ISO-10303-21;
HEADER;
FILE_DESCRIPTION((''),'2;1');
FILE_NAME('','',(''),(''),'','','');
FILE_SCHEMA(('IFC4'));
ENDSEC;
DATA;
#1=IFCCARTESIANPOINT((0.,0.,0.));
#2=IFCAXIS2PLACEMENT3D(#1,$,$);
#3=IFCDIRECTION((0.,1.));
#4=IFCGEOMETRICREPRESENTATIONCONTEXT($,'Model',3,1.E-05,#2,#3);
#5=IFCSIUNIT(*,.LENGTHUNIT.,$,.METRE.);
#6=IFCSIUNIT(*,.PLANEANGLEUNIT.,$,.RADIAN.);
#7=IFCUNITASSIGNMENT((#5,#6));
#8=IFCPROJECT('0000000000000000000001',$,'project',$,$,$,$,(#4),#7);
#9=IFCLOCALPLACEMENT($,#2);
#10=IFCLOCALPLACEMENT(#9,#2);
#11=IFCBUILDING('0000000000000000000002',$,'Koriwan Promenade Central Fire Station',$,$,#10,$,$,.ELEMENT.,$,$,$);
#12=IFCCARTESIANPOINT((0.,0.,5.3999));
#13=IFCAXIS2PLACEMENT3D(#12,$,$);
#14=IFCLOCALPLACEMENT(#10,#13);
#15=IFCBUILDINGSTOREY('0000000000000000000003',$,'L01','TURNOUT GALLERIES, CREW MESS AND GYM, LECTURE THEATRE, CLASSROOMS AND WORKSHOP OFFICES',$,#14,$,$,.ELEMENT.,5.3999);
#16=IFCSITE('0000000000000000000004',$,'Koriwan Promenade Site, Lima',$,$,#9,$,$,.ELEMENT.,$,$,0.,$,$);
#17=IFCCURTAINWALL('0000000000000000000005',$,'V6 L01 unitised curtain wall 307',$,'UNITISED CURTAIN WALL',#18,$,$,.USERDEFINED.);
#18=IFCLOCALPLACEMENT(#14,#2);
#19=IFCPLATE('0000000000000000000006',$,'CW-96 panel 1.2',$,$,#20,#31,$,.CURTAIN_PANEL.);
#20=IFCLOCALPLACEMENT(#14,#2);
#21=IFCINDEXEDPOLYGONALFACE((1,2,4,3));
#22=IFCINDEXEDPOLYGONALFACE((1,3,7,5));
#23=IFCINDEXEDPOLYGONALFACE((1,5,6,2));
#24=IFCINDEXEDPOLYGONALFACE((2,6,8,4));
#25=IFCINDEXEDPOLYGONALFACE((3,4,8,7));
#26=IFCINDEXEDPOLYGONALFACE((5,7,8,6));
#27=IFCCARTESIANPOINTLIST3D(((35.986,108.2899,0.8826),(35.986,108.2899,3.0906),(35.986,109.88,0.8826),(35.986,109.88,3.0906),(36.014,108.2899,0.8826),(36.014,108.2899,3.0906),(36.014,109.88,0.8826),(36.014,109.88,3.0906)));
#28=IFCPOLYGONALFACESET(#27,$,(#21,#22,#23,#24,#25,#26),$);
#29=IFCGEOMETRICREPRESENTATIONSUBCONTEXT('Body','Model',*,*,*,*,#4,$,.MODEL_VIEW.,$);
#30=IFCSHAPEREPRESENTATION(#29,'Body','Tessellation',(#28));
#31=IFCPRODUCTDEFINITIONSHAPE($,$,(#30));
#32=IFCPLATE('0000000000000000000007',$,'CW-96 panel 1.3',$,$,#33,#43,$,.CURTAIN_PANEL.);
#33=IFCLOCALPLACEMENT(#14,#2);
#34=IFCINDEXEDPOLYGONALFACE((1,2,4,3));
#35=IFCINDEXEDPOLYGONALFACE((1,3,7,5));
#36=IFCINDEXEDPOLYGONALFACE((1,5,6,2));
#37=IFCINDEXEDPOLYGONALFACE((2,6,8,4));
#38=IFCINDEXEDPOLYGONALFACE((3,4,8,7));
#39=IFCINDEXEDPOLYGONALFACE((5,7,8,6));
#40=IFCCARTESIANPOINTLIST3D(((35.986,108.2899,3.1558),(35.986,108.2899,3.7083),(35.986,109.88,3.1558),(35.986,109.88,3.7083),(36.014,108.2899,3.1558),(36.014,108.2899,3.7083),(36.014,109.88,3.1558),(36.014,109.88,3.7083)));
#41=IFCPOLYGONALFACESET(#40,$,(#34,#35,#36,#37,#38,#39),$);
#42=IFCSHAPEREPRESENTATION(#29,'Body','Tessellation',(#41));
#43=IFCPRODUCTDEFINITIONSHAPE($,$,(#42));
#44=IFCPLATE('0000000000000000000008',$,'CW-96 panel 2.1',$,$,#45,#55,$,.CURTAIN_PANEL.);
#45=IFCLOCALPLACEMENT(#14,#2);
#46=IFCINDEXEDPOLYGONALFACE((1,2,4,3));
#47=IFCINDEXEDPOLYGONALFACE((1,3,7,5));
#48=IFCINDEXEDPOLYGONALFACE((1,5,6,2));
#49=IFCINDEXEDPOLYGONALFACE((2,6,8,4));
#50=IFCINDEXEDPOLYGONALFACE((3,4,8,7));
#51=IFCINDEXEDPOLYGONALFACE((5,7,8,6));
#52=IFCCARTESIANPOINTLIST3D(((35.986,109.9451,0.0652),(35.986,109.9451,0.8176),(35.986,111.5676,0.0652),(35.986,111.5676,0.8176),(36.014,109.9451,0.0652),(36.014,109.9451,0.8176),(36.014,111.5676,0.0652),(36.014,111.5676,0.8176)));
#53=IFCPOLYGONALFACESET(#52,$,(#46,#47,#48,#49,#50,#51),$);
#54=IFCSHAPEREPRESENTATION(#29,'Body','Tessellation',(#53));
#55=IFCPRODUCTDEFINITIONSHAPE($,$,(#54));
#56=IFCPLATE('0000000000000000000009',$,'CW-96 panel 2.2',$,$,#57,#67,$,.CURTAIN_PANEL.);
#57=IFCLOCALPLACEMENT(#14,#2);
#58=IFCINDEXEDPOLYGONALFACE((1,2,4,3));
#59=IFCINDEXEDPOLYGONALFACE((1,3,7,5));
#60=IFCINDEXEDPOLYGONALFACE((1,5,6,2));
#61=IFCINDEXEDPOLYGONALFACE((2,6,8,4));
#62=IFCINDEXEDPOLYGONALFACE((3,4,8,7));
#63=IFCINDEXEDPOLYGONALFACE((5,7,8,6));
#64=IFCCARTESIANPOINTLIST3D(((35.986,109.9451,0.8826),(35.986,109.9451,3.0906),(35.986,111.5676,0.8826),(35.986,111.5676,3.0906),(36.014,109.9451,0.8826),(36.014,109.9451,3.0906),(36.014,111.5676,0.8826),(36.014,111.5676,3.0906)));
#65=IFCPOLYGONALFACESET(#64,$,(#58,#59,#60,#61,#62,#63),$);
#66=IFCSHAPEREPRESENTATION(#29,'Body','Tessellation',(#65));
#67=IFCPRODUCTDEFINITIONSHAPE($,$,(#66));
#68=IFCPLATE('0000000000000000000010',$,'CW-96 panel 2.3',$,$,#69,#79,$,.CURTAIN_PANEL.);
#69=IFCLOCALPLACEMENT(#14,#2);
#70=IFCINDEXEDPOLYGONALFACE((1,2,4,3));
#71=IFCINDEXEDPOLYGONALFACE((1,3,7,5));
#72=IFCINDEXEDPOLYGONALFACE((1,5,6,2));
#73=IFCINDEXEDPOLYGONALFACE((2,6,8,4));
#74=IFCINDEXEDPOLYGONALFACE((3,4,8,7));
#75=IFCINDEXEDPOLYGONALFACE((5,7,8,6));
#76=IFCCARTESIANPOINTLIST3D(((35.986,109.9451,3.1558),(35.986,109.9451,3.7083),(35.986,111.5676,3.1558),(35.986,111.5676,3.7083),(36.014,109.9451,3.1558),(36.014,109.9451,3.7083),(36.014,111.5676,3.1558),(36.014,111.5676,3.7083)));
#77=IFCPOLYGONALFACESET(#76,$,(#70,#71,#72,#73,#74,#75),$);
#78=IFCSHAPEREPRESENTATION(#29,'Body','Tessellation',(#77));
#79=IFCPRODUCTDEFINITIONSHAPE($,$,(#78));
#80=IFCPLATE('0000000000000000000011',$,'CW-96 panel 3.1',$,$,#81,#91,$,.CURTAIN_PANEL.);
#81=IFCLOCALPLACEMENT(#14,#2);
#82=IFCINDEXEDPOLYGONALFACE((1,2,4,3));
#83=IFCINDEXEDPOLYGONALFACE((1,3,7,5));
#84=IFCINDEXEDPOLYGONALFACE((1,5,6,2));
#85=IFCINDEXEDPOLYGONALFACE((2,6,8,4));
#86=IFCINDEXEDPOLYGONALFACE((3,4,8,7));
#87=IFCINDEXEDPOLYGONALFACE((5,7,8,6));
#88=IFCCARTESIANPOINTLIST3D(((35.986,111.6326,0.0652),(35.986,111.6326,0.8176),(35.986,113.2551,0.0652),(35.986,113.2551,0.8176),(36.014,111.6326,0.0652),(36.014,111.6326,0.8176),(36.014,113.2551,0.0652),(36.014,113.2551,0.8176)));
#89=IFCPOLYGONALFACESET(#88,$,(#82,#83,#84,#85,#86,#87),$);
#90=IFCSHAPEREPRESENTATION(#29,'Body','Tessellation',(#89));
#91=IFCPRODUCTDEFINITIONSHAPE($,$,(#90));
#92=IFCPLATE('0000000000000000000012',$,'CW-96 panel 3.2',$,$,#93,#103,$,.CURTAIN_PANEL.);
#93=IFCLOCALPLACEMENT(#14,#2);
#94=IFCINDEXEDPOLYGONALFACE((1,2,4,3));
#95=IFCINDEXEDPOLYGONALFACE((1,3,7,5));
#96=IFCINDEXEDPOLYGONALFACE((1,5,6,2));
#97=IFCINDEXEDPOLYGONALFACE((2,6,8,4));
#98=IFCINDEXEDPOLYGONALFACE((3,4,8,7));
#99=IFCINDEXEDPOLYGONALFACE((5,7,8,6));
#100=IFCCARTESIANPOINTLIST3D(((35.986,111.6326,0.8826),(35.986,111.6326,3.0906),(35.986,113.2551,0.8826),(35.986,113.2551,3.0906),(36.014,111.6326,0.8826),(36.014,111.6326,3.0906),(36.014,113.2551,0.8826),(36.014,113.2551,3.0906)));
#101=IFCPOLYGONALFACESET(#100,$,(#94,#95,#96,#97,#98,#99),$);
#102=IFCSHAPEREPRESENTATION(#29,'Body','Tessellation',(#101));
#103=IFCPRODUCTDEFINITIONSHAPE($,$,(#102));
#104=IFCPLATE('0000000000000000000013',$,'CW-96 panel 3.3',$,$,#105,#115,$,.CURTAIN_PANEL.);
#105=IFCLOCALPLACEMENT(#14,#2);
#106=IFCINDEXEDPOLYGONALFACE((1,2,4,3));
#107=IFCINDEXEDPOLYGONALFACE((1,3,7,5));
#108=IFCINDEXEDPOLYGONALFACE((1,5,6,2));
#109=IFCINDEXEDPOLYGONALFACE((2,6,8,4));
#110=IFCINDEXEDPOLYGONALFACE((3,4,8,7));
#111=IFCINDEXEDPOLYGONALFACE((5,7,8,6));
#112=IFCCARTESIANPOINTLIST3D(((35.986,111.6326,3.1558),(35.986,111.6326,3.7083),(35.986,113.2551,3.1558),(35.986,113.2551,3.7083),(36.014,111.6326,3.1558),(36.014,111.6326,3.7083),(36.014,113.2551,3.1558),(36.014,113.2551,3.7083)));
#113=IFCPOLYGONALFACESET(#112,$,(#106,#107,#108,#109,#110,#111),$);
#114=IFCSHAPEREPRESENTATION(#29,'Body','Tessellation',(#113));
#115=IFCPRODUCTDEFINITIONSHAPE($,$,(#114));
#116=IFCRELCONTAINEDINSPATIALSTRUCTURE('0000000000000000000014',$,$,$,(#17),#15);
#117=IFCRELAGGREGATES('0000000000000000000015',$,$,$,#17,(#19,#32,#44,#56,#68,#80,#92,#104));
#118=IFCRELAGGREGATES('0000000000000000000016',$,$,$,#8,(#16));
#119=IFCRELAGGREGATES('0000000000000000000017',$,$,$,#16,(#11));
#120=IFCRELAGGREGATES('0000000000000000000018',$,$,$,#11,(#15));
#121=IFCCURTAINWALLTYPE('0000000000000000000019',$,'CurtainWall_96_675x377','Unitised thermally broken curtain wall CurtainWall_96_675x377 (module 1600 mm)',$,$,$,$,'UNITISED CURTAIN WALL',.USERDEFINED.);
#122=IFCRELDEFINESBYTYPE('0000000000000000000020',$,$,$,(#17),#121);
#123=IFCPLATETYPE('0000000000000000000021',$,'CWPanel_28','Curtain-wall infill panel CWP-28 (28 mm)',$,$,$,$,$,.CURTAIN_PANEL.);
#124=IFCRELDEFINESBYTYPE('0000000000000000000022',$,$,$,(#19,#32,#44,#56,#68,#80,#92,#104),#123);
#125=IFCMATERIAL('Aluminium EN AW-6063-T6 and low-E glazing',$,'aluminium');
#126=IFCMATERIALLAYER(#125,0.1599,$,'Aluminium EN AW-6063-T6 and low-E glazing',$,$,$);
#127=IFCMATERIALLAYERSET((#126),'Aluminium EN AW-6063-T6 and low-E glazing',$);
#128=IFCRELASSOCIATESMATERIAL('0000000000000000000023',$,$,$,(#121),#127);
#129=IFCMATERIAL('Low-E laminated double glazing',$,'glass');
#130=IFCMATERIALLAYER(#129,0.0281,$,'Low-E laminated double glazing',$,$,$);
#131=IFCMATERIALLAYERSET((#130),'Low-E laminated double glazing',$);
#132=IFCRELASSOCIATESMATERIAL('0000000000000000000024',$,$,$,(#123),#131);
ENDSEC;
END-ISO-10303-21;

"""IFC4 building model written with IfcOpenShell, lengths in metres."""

from ifc_helpers import new_model, si_unit, direction, frame, origin, origin_2d, place, context, subcontext, project, spatial, rectangle, extrude, material, layer, layer_set, type_object, element, aggregate, save


model = new_model("IFC4")

# Units and contexts
model_context = context("Model", 3, precision=1e-05, world=origin(), true_north=direction((0.0, 1.0)))
body_context = subcontext(model_context, "Body", "Model", "MODEL_VIEW")
ifc_project = project(units=[si_unit("LENGTHUNIT", "METRE"), si_unit("PLANEANGLEUNIT", "RADIAN")], contexts=[model_context])

# Site, building, storey
site_placement = place(None, origin())
site = spatial("IfcSite", under=ifc_project, at=site_placement, Name="Koriwan Promenade Site, Lima", CompositionType="ELEMENT", RefElevation=0.0)
building_placement = place(site_placement, origin())
building = spatial("IfcBuilding", under=site, at=building_placement, Name="Koriwan Promenade Central Fire Station", CompositionType="ELEMENT")
storey_placement = place(building_placement, frame((0.0, 0.0, 5.3999)))
storey = spatial("IfcBuildingStorey", under=building, at=storey_placement, Name="L01", Description="TURNOUT GALLERIES, CREW MESS AND GYM, LECTURE THEATRE, CLASSROOMS AND WORKSHOP OFFICES", CompositionType="ELEMENT", Elevation=5.3999)

# Shared definitions
ifc_material_1 = material(Name="Aluminium EN AW-6063-T6 and low-E glazing", Category="aluminium")
ifc_layer_1 = layer(ifc_material_1, 0.1599, Name="Aluminium EN AW-6063-T6 and low-E glazing")
ifc_layer_set_1 = layer_set([ifc_layer_1], Name="Aluminium EN AW-6063-T6 and low-E glazing")
curtain_wall_type = type_object("IfcCurtainWallType", Name="CurtainWall_96_675x377", Description="Unitised thermally broken curtain wall CurtainWall_96_675x377 (module 1600 mm)", ElementType="UNITISED CURTAIN WALL", PredefinedType="USERDEFINED", material=ifc_layer_set_1)

# Curtain wall
curtain_wall_1_placement = place(storey_placement, origin())
curtain_wall_1 = element("IfcCurtainWall", 1, at=curtain_wall_1_placement, inside=storey, type_object=curtain_wall_type, Name="V6 L01 unitised curtain wall 307", ObjectType="UNITISED CURTAIN WALL", PredefinedType="USERDEFINED")

# Plates
ifc_material_2 = material(Name="Low-E laminated double glazing", Category="glass")
ifc_layer_2 = layer(ifc_material_2, 0.0281, Name="Low-E laminated double glazing")
ifc_layer_set_2 = layer_set([ifc_layer_2], Name="Low-E laminated double glazing")
plate_type = type_object("IfcPlateType", Name="CWPanel_28", Description="Curtain-wall infill panel CWP-28 (28 mm)", PredefinedType="CURTAIN_PANEL", material=ifc_layer_set_2)
plate_1_placement = place(storey_placement, frame((36.0, 109.085, 0.8826), z_axis=(0.0, 0.0, 1.0), x_axis=(0.0, 1.0, 0.0)))
plate_1 = element("IfcPlate", 2, at=plate_1_placement, type_object=plate_type, Name="CW-96 panel 1.2", PredefinedType="CURTAIN_PANEL", context=body_context, shape_type="SweptSolid", body=[
    extrude(rectangle(XDim=1.5901, YDim=0.0281, at=origin_2d()), origin(), (0.0, 0.0, 1.0), 2.208),
])
plate_2_placement = place(storey_placement, frame((36.0, 109.085, 3.1558), z_axis=(0.0, 0.0, 1.0), x_axis=(0.0, 1.0, 0.0)))
plate_2 = element("IfcPlate", 3, at=plate_2_placement, type_object=plate_type, Name="CW-96 panel 1.3", PredefinedType="CURTAIN_PANEL", context=body_context, shape_type="SweptSolid", body=[
    extrude(rectangle(XDim=1.5901, YDim=0.0281, at=origin_2d()), origin(), (0.0, 0.0, 1.0), 0.5525),
])
plate_3_placement = place(storey_placement, frame((36.0, 110.7563, 0.0652), z_axis=(0.0, 0.0, 1.0), x_axis=(0.0, 1.0, 0.0)))
plate_3 = element("IfcPlate", 4, at=plate_3_placement, type_object=plate_type, Name="CW-96 panel 2.1", PredefinedType="CURTAIN_PANEL", context=body_context, shape_type="SweptSolid", body=[
    extrude(rectangle(XDim=1.6226, YDim=0.0281, at=origin_2d()), origin(), (0.0, 0.0, 1.0), 0.7524),
])
plate_4_placement = place(storey_placement, frame((36.0, 110.7563, 0.8826), z_axis=(0.0, 0.0, 1.0), x_axis=(0.0, 1.0, 0.0)))
plate_4 = element("IfcPlate", 5, at=plate_4_placement, type_object=plate_type, Name="CW-96 panel 2.2", PredefinedType="CURTAIN_PANEL", context=body_context, shape_type="SweptSolid", body=[
    extrude(rectangle(XDim=1.6226, YDim=0.0281, at=origin_2d()), origin(), (0.0, 0.0, 1.0), 2.208),
])
plate_5_placement = place(storey_placement, frame((36.0, 110.7563, 3.1558), z_axis=(0.0, 0.0, 1.0), x_axis=(0.0, 1.0, 0.0)))
plate_5 = element("IfcPlate", 6, at=plate_5_placement, type_object=plate_type, Name="CW-96 panel 2.3", PredefinedType="CURTAIN_PANEL", context=body_context, shape_type="SweptSolid", body=[
    extrude(rectangle(XDim=1.6226, YDim=0.0281, at=origin_2d()), origin(), (0.0, 0.0, 1.0), 0.5525),
])
plate_6_placement = place(storey_placement, frame((36.0, 112.4438, 0.0652), z_axis=(0.0, 0.0, 1.0), x_axis=(0.0, 1.0, 0.0)))
plate_6 = element("IfcPlate", 7, at=plate_6_placement, type_object=plate_type, Name="CW-96 panel 3.1", PredefinedType="CURTAIN_PANEL", context=body_context, shape_type="SweptSolid", body=[
    extrude(rectangle(XDim=1.6226, YDim=0.0281, at=origin_2d()), origin(), (0.0, 0.0, 1.0), 0.7524),
])
plate_7_placement = place(storey_placement, frame((36.0, 112.4438, 0.8826), z_axis=(0.0, 0.0, 1.0), x_axis=(0.0, 1.0, 0.0)))
plate_7 = element("IfcPlate", 8, at=plate_7_placement, type_object=plate_type, Name="CW-96 panel 3.2", PredefinedType="CURTAIN_PANEL", context=body_context, shape_type="SweptSolid", body=[
    extrude(rectangle(XDim=1.6226, YDim=0.0281, at=origin_2d()), origin(), (0.0, 0.0, 1.0), 2.208),
])
plate_8_placement = place(storey_placement, frame((36.0, 112.4438, 3.1558), z_axis=(0.0, 0.0, 1.0), x_axis=(0.0, 1.0, 0.0)))
plate_8 = element("IfcPlate", 9, at=plate_8_placement, type_object=plate_type, Name="CW-96 panel 3.3", PredefinedType="CURTAIN_PANEL", context=body_context, shape_type="SweptSolid", body=[
    extrude(rectangle(XDim=1.6226, YDim=0.0281, at=origin_2d()), origin(), (0.0, 0.0, 1.0), 0.5525),
])
aggregate(curtain_wall_1, [plate_1, plate_2, plate_3, plate_4, plate_5, plate_6, plate_7, plate_8])

save(model, "model.ifc")
